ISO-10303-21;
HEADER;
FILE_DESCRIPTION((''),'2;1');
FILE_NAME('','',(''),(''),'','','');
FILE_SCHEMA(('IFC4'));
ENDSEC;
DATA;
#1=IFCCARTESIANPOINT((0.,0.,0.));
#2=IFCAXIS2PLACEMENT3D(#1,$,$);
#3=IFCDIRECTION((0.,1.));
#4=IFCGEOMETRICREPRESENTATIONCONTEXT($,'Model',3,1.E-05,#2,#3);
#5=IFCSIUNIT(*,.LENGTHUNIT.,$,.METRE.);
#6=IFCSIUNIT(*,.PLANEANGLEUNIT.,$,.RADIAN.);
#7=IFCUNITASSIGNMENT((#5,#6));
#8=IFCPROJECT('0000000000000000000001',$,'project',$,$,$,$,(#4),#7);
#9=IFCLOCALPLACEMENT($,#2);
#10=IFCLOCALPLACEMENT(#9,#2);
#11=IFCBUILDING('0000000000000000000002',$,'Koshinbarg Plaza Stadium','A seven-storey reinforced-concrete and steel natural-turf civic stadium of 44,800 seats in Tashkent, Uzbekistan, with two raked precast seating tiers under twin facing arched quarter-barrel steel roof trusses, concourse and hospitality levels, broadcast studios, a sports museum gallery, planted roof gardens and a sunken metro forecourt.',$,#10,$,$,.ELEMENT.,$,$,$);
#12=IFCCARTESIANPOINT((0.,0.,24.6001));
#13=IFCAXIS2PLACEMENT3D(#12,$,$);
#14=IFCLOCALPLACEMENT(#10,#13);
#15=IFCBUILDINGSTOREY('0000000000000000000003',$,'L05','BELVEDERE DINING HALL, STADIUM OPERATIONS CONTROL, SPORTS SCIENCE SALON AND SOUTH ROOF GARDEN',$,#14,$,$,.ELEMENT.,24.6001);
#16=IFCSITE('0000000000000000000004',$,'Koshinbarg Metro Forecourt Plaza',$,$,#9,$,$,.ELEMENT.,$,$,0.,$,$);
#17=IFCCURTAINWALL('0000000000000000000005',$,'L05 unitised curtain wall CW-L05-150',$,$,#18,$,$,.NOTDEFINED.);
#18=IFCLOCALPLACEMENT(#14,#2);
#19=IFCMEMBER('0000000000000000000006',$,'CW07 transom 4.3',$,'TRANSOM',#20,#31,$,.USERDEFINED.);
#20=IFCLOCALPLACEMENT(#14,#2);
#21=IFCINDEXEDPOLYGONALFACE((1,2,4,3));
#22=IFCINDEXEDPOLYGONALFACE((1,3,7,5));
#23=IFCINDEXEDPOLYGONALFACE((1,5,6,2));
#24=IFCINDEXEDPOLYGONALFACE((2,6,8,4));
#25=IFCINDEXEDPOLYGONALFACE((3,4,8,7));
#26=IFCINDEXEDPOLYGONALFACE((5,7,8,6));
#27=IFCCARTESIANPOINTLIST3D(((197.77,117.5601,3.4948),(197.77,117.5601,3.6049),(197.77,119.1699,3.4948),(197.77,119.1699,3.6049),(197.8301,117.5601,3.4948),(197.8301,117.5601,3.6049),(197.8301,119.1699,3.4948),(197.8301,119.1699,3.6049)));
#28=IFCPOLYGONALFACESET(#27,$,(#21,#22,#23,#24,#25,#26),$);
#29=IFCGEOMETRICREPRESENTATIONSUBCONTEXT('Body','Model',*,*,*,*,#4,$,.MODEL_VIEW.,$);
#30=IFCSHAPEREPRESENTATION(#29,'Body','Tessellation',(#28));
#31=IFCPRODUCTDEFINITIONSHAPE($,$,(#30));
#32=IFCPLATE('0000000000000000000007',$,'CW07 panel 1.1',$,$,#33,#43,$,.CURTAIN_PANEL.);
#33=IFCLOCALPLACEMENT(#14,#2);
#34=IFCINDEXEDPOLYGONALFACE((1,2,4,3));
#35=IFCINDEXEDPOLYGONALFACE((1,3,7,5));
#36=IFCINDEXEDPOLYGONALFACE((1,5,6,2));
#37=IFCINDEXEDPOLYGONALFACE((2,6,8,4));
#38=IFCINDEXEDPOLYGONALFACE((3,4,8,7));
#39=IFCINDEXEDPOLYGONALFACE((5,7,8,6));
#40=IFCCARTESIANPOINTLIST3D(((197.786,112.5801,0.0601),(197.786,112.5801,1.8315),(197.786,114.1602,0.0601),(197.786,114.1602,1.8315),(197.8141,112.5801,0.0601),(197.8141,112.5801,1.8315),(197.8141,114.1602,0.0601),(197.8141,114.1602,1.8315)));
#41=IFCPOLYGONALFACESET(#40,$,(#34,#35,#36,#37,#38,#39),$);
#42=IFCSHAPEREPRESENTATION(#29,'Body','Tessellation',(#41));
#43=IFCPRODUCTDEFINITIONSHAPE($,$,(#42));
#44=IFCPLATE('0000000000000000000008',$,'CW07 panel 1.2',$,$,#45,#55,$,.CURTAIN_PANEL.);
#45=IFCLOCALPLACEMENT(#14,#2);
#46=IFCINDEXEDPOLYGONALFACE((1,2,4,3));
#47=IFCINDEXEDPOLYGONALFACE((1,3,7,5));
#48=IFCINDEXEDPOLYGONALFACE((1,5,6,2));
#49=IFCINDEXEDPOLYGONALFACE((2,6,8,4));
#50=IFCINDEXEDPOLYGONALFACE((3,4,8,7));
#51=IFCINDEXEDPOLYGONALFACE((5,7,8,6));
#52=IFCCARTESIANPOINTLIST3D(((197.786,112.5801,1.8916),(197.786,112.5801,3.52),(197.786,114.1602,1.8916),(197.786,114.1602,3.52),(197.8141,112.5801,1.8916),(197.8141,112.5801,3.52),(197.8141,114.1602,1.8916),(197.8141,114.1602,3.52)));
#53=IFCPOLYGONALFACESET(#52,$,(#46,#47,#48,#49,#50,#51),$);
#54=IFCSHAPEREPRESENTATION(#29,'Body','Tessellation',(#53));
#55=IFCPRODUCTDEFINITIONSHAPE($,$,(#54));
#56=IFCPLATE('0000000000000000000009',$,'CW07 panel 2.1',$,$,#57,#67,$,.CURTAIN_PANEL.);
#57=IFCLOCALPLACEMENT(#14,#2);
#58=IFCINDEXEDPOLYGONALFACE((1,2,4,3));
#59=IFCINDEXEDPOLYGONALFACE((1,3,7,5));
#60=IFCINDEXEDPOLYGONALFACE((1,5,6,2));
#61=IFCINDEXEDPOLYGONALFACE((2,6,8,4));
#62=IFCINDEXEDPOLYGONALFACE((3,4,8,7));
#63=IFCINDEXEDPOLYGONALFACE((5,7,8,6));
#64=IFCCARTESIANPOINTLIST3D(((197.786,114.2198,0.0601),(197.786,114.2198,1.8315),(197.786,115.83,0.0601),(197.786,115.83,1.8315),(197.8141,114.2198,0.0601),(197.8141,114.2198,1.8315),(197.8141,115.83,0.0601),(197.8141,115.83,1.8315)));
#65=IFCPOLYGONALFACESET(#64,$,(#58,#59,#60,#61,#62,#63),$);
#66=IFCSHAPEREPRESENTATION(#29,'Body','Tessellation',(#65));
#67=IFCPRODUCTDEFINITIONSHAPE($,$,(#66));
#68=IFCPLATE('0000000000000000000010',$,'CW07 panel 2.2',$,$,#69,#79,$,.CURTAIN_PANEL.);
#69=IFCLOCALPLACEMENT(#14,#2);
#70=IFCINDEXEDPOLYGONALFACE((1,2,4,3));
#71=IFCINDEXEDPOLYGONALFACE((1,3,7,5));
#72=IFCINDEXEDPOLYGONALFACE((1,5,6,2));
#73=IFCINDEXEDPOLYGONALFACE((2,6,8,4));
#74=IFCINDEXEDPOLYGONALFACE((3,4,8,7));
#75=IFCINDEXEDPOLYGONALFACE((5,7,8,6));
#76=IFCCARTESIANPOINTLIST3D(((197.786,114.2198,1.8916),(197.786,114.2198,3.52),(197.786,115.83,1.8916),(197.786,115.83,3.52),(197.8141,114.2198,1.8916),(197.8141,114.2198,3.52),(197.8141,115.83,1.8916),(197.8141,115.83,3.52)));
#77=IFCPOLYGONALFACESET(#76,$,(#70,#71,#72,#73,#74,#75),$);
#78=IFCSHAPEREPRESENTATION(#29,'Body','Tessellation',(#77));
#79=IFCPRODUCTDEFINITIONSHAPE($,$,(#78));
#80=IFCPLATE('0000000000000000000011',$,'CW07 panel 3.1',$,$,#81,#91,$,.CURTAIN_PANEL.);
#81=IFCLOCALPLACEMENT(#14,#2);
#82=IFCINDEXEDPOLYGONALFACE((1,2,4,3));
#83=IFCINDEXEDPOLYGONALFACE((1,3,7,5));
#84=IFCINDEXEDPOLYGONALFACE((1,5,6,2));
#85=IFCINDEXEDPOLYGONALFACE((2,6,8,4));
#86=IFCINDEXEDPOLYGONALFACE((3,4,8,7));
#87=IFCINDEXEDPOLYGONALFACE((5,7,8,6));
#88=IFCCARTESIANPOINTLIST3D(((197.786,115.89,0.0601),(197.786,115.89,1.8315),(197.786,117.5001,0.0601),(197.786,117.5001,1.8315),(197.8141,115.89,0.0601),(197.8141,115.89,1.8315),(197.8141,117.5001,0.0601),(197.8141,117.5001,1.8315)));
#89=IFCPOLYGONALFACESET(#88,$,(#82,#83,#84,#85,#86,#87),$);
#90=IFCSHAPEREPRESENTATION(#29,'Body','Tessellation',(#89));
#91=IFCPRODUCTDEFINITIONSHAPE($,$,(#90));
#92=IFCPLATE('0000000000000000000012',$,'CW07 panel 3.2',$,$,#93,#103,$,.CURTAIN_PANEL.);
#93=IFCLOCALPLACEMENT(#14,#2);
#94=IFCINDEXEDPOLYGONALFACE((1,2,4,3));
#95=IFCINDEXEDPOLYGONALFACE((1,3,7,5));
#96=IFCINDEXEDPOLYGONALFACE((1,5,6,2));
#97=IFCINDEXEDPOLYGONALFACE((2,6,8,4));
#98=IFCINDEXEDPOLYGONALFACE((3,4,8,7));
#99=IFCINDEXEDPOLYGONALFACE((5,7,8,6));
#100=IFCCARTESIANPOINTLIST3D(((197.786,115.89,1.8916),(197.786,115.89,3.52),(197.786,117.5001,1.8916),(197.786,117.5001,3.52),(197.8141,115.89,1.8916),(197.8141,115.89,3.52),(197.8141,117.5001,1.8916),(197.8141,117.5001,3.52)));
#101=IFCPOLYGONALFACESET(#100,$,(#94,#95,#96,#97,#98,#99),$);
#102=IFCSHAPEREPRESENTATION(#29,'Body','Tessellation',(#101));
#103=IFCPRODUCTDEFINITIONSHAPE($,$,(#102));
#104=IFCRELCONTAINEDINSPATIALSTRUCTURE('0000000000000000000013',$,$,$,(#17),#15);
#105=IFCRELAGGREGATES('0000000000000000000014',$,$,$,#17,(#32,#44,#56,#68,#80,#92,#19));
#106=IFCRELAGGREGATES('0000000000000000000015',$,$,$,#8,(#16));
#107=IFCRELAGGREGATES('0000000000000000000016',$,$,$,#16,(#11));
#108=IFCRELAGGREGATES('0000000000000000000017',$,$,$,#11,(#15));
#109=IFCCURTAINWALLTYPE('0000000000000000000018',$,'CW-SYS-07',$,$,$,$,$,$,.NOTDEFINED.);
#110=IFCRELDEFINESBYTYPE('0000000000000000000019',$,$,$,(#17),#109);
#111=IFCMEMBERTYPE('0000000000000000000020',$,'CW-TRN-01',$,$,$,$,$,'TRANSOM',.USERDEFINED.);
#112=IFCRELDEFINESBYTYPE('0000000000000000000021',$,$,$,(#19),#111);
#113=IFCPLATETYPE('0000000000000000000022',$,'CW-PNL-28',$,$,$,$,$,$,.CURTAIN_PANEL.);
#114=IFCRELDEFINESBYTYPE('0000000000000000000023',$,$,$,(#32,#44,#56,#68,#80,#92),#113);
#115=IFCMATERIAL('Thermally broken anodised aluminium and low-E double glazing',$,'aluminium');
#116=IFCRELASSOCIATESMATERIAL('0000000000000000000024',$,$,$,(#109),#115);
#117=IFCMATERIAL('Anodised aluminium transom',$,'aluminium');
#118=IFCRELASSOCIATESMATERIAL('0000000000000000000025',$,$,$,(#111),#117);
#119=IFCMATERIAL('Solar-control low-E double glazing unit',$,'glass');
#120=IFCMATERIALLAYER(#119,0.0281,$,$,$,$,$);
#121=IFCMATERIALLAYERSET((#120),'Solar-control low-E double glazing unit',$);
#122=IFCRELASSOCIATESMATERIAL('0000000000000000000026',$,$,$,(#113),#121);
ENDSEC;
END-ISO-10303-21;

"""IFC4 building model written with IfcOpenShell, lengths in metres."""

from ifc_helpers import new_model, si_unit, direction, frame, origin, origin_2d, place, context, subcontext, project, spatial, rectangle, extrude, material, layer, layer_set, material_profile, profile_set, type_object, element, aggregate, save


model = new_model("IFC4")

# Units and contexts
model_context = context("Model", 3, precision=1e-05, world=origin(), true_north=direction((0.0, 1.0)))
body_context = subcontext(model_context, "Body", "Model", "MODEL_VIEW")
ifc_project = project(units=[si_unit("LENGTHUNIT", "METRE"), si_unit("PLANEANGLEUNIT", "RADIAN")], contexts=[model_context])

# Site, building, storey
site_placement = place(None, origin())
site = spatial("IfcSite", under=ifc_project, at=site_placement, Name="Koshinbarg Metro Forecourt Plaza", CompositionType="ELEMENT", RefElevation=0.0)
building_placement = place(site_placement, origin())
building = spatial("IfcBuilding", under=site, at=building_placement, Name="Koshinbarg Plaza Stadium", Description="A seven-storey reinforced-concrete and steel natural-turf civic stadium of 44,800 seats in Tashkent, Uzbekistan, with two raked precast seating tiers under twin facing arched quarter-barrel steel roof trusses, concourse and hospitality levels, broadcast studios, a sports museum gallery, planted roof gardens and a sunken metro forecourt.", CompositionType="ELEMENT")
storey_placement = place(building_placement, frame((0.0, 0.0, 24.6001)))
storey = spatial("IfcBuildingStorey", under=building, at=storey_placement, Name="L05", Description="BELVEDERE DINING HALL, STADIUM OPERATIONS CONTROL, SPORTS SCIENCE SALON AND SOUTH ROOF GARDEN", CompositionType="ELEMENT", Elevation=24.6001)

# Curtain wall, member, plates
ifc_material_1 = material(Name="Thermally broken anodised aluminium and low-E double glazing", Category="aluminium")
curtain_wall_type = type_object("IfcCurtainWallType", Name="CW-SYS-07", PredefinedType="NOTDEFINED", material=ifc_material_1)
curtain_wall_placement = place(storey_placement, origin())
curtain_wall = element("IfcCurtainWall", 1, at=curtain_wall_placement, inside=storey, type_object=curtain_wall_type, Name="L05 unitised curtain wall CW-L05-150", PredefinedType="NOTDEFINED")
ifc_material_2 = material(Name="Anodised aluminium transom", Category="aluminium")
ifc_material_profile_1 = material_profile(ifc_material_2, rectangle(XDim=0.0601, YDim=0.1101, at=origin_2d()), Name="ALU 60x110")
ifc_profile_set_1 = profile_set([ifc_material_profile_1], Name="Anodised aluminium transom")
member_type_1 = type_object("IfcMemberType", Name="CW-TRN-01", ElementType="TRANSOM", PredefinedType="USERDEFINED", material=ifc_profile_set_1)
member_1_placement = place(storey_placement, frame((197.8, 117.5601, 3.5498), z_axis=(0.0, 1.0, 0.0), x_axis=(-1.0, 0.0, 0.0)))
member_1 = element("IfcMember", 2, at=member_1_placement, type_object=member_type_1, Name="CW07 transom 4.3", ObjectType="TRANSOM", PredefinedType="USERDEFINED", context=body_context, shape_type="SweptSolid", body=[
    extrude(rectangle(XDim=0.0601, YDim=0.1101, at=origin_2d()), origin(), (0.0, 0.0, 1.0), 1.6099),
])
ifc_material_3 = material(Name="Solar-control low-E double glazing unit", Category="glass")
ifc_layer = layer(ifc_material_3, 0.0281)
ifc_layer_set = layer_set([ifc_layer], Name="Solar-control low-E double glazing unit")
plate_type = type_object("IfcPlateType", Name="CW-PNL-28", PredefinedType="CURTAIN_PANEL", material=ifc_layer_set)
plate_1_placement = place(storey_placement, frame((197.8, 113.3701, 0.0601), z_axis=(0.0, 0.0, 1.0), x_axis=(0.0, 1.0, 0.0)))
plate_1 = element("IfcPlate", 3, at=plate_1_placement, type_object=plate_type, Name="CW07 panel 1.1", PredefinedType="CURTAIN_PANEL", context=body_context, shape_type="SweptSolid", body=[
    extrude(rectangle(XDim=1.5801, YDim=0.0281, at=origin_2d()), origin(), (0.0, 0.0, 1.0), 1.7715),
])
plate_2_placement = place(storey_placement, frame((197.8, 113.3701, 1.8916), z_axis=(0.0, 0.0, 1.0), x_axis=(0.0, 1.0, 0.0)))
plate_2 = element("IfcPlate", 4, at=plate_2_placement, type_object=plate_type, Name="CW07 panel 1.2", PredefinedType="CURTAIN_PANEL", context=body_context, shape_type="SweptSolid", body=[
    extrude(rectangle(XDim=1.5801, YDim=0.0281, at=origin_2d()), origin(), (0.0, 0.0, 1.0), 1.6284),
])
plate_3_placement = place(storey_placement, frame((197.8, 115.0249, 0.0601), z_axis=(0.0, 0.0, 1.0), x_axis=(0.0, 1.0, 0.0)))
plate_3 = element("IfcPlate", 5, at=plate_3_placement, type_object=plate_type, Name="CW07 panel 2.1", PredefinedType="CURTAIN_PANEL", context=body_context, shape_type="SweptSolid", body=[
    extrude(rectangle(XDim=1.6101, YDim=0.0281, at=origin_2d()), origin(), (0.0, 0.0, 1.0), 1.7715),
])
plate_4_placement = place(storey_placement, frame((197.8, 115.0249, 1.8916), z_axis=(0.0, 0.0, 1.0), x_axis=(0.0, 1.0, 0.0)))
plate_4 = element("IfcPlate", 6, at=plate_4_placement, type_object=plate_type, Name="CW07 panel 2.2", PredefinedType="CURTAIN_PANEL", context=body_context, shape_type="SweptSolid", body=[
    extrude(rectangle(XDim=1.6101, YDim=0.0281, at=origin_2d()), origin(), (0.0, 0.0, 1.0), 1.6284),
])
plate_5_placement = place(storey_placement, frame((197.8, 116.6951, 0.0601), z_axis=(0.0, 0.0, 1.0), x_axis=(0.0, 1.0, 0.0)))
plate_5 = element("IfcPlate", 7, at=plate_5_placement, type_object=plate_type, Name="CW07 panel 3.1", PredefinedType="CURTAIN_PANEL", context=body_context, shape_type="SweptSolid", body=[
    extrude(rectangle(XDim=1.6101, YDim=0.0281, at=origin_2d()), origin(), (0.0, 0.0, 1.0), 1.7715),
])
plate_6_placement = place(storey_placement, frame((197.8, 116.6951, 1.8916), z_axis=(0.0, 0.0, 1.0), x_axis=(0.0, 1.0, 0.0)))
plate_6 = element("IfcPlate", 8, at=plate_6_placement, type_object=plate_type, Name="CW07 panel 3.2", PredefinedType="CURTAIN_PANEL", context=body_context, shape_type="SweptSolid", body=[
    extrude(rectangle(XDim=1.6101, YDim=0.0281, at=origin_2d()), origin(), (0.0, 0.0, 1.0), 1.6284),
])
aggregate(curtain_wall, [plate_1, plate_2, plate_3, plate_4, plate_5, plate_6, member_1])

save(model, "model.ifc")
